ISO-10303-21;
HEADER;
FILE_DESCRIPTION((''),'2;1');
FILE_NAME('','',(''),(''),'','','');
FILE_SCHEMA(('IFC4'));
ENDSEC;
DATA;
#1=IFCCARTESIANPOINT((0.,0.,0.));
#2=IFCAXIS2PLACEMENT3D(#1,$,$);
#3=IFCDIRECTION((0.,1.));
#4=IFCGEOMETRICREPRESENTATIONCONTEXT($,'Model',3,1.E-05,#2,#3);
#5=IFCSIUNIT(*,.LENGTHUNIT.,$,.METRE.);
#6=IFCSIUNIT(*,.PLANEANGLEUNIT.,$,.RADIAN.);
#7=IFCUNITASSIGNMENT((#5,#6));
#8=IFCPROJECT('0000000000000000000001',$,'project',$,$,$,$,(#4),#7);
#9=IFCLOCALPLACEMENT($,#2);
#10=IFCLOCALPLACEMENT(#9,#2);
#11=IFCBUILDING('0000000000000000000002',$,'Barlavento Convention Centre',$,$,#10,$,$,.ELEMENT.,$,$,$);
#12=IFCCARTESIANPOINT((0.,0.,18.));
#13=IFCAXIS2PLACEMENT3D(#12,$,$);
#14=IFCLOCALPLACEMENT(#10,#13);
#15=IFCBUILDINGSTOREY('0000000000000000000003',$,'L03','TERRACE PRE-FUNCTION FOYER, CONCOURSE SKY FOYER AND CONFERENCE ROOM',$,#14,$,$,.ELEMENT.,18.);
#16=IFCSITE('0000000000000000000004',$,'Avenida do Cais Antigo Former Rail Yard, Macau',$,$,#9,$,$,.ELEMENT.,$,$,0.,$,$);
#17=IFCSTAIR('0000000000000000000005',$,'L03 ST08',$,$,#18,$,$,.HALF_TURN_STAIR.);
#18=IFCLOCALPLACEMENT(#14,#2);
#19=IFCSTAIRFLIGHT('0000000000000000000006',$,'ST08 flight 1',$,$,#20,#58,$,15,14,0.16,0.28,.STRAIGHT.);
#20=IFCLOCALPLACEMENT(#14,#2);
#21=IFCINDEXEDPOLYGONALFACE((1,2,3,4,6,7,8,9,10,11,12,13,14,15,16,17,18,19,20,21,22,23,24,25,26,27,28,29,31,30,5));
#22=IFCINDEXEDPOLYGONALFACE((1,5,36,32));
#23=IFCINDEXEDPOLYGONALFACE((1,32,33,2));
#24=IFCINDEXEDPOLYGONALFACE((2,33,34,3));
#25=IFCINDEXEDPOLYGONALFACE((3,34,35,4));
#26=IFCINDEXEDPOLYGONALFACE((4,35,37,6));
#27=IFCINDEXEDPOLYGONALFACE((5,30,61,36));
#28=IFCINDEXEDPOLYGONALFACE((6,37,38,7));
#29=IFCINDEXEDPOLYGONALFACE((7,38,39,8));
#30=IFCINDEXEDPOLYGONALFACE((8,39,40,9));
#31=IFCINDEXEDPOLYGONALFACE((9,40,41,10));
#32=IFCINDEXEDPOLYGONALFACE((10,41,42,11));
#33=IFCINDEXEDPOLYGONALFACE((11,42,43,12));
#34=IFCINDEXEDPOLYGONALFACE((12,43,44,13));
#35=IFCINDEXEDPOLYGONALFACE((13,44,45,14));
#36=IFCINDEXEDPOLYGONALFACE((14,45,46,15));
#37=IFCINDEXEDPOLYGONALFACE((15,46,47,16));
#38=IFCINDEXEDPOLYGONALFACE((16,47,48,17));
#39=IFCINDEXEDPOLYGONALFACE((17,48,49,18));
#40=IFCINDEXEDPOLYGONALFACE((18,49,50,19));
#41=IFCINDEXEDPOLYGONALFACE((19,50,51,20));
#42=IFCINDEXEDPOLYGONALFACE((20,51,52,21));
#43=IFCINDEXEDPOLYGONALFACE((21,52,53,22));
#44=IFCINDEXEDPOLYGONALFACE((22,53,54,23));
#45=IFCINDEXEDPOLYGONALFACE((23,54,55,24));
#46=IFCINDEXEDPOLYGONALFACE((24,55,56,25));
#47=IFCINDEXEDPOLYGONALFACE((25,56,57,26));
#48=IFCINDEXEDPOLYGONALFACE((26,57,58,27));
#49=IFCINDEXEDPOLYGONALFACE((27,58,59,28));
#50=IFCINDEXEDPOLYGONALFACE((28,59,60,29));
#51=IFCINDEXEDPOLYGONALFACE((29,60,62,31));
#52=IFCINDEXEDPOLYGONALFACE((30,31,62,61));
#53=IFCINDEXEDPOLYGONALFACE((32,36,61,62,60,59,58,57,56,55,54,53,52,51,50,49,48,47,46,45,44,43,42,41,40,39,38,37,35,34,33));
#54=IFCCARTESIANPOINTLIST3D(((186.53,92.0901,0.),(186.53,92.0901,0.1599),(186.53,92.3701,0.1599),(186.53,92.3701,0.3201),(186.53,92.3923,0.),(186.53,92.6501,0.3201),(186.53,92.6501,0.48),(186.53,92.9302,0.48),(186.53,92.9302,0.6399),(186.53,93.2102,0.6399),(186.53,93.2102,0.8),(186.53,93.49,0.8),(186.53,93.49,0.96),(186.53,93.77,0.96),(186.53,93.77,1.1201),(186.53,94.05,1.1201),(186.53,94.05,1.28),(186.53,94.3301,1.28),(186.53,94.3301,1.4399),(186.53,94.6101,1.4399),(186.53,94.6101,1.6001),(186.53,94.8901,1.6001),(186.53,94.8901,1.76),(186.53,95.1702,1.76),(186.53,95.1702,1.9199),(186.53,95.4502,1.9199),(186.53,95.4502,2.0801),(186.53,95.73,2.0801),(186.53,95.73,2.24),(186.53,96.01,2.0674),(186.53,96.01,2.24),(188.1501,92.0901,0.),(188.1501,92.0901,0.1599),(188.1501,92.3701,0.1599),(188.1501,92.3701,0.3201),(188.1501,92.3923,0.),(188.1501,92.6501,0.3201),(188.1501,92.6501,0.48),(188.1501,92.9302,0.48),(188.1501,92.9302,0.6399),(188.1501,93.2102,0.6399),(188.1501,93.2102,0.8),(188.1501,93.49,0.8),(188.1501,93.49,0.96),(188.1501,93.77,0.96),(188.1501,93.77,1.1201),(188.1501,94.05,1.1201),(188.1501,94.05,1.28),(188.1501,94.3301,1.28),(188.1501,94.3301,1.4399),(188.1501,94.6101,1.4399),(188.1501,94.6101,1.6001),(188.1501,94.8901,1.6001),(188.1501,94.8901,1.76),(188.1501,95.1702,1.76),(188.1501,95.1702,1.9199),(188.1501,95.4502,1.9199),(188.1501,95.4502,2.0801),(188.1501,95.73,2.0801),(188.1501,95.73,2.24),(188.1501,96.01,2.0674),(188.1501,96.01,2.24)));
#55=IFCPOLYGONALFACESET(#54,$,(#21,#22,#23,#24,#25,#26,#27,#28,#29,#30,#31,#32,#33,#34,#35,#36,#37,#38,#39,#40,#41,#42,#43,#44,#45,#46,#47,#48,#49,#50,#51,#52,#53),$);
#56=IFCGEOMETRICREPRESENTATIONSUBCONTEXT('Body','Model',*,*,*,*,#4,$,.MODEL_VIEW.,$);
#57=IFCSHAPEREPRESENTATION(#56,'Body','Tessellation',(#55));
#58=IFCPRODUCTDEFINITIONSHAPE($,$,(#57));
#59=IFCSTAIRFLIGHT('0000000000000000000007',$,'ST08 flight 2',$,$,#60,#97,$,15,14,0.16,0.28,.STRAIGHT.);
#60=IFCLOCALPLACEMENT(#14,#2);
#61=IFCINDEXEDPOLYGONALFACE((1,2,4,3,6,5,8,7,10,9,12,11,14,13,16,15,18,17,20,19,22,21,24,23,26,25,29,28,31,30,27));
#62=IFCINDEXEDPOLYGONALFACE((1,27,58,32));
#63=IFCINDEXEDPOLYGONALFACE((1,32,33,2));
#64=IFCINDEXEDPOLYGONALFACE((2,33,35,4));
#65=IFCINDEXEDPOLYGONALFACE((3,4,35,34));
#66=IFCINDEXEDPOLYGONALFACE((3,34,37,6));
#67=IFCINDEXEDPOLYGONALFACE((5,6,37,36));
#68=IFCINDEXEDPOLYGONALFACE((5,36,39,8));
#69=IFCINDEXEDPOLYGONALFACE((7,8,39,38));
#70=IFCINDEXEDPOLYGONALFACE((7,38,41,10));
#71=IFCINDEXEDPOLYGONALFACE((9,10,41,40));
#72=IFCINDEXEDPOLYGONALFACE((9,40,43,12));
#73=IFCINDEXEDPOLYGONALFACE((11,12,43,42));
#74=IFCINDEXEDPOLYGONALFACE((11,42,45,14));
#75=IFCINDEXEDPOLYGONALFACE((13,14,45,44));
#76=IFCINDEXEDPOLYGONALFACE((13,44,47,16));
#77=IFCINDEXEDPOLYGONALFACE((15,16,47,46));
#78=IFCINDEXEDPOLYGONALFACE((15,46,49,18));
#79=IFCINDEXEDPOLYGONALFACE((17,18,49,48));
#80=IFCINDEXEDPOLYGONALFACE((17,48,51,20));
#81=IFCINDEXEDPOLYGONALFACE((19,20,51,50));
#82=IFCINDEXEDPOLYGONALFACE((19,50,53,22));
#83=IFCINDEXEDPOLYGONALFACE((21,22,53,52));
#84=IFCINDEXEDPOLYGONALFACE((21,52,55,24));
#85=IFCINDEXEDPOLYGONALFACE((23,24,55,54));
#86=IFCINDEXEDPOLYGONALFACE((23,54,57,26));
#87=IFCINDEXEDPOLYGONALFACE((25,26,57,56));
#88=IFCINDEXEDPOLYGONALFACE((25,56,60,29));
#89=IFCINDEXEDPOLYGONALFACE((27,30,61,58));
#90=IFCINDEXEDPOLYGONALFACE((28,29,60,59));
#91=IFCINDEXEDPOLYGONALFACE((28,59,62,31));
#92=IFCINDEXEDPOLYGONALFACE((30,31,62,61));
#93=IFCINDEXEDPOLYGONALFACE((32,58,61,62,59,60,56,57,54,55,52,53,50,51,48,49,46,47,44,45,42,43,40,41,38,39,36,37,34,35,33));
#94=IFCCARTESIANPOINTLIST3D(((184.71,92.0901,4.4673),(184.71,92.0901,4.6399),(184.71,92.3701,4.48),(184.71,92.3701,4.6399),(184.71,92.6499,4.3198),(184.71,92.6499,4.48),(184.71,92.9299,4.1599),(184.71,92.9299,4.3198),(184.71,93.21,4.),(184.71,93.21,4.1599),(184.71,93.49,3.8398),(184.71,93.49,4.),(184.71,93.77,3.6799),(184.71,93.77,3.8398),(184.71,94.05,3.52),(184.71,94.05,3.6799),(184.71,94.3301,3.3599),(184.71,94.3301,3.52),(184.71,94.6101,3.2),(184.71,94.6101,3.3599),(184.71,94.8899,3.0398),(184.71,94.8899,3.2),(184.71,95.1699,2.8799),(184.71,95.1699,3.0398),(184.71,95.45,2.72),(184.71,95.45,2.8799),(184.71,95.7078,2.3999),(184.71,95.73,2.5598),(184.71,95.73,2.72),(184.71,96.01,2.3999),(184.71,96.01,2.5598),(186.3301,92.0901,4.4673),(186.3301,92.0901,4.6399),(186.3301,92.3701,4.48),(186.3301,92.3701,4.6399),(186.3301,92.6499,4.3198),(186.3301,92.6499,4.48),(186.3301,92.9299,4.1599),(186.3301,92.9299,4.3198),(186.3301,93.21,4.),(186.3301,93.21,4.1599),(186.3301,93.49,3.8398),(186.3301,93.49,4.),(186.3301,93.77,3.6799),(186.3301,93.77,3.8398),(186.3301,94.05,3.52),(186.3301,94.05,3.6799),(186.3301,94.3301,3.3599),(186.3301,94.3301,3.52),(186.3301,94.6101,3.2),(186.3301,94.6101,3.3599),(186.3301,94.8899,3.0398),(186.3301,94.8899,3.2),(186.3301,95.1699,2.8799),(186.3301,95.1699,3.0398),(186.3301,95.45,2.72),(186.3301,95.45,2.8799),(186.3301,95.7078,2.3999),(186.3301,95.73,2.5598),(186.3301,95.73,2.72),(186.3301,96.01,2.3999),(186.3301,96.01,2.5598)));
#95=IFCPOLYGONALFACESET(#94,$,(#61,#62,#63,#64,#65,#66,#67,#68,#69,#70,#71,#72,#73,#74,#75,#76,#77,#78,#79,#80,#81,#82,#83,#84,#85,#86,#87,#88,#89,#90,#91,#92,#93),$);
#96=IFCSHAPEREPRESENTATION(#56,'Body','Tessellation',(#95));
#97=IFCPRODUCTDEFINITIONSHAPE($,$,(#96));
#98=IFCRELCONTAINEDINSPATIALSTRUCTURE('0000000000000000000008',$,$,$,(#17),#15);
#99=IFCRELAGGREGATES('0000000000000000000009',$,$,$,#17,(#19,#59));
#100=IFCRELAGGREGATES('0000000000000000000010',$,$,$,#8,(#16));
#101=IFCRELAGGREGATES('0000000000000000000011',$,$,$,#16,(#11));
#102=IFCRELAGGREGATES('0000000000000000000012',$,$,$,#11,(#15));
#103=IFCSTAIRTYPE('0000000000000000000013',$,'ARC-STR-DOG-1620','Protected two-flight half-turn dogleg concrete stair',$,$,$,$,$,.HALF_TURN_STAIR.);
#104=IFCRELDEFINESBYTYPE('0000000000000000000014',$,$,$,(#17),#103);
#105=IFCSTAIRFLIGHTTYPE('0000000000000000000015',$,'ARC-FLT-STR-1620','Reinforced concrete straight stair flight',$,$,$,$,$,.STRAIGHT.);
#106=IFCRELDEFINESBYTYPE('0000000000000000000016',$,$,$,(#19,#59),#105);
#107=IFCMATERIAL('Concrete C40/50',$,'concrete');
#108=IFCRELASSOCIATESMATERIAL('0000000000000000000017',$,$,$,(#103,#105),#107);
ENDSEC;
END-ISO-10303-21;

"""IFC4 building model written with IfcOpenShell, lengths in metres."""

from ifc_helpers import new_model, si_unit, direction, frame, origin, place, context, subcontext, project, spatial, polyline, outline, extrude, material, type_object, element, aggregate, save


model = new_model("IFC4")

# Units and contexts
model_context = context("Model", 3, precision=1e-05, world=origin(), true_north=direction((0.0, 1.0)))
body_context = subcontext(model_context, "Body", "Model", "MODEL_VIEW")
ifc_project = project(units=[si_unit("LENGTHUNIT", "METRE"), si_unit("PLANEANGLEUNIT", "RADIAN")], contexts=[model_context])

# Site, building, storey
site_placement = place(None, origin())
site = spatial("IfcSite", under=ifc_project, at=site_placement, Name="Avenida do Cais Antigo Former Rail Yard, Macau", CompositionType="ELEMENT", RefElevation=0.0)
building_placement = place(site_placement, origin())
building = spatial("IfcBuilding", under=site, at=building_placement, Name="Barlavento Convention Centre", CompositionType="ELEMENT")
storey_placement = place(building_placement, frame((0.0, 0.0, 18.0)))
storey = spatial("IfcBuildingStorey", under=building, at=storey_placement, Name="L03", Description="TERRACE PRE-FUNCTION FOYER, CONCOURSE SKY FOYER AND CONFERENCE ROOM", CompositionType="ELEMENT", Elevation=18.0)

# Stair, stair flights
ifc_material_1 = material(Name="Concrete C40/50", Category="concrete")
stair_type = type_object("IfcStairType", Name="ARC-STR-DOG-1620", Description="Protected two-flight half-turn dogleg concrete stair", PredefinedType="HALF_TURN_STAIR", material=ifc_material_1)
stair_placement = place(storey_placement, origin())
stair = element("IfcStair", 1, at=stair_placement, inside=storey, type_object=stair_type, Name="L03 ST08", PredefinedType="HALF_TURN_STAIR")
stair_flight_type = type_object("IfcStairFlightType", Name="ARC-FLT-STR-1620", Description="Reinforced concrete straight stair flight", PredefinedType="STRAIGHT", material=ifc_material_1)
stair_flight_1_placement = place(storey_placement, frame((187.3401, 92.0901, 0.0), z_axis=(0.0, 0.0, 1.0), x_axis=(0.0, 1.0, 0.0)))
stair_flight_1 = element("IfcStairFlight", 2, at=stair_flight_1_placement, type_object=stair_flight_type, Name="ST08 flight 1", NumberOfRisers=15, NumberOfTreads=14, PredefinedType="STRAIGHT", RiserHeight=0.16, TreadLength=0.28, context=body_context, shape_type="SweptSolid", body=[
    extrude(outline(polyline([(0.0, 0.0), (0.0, 0.1599), (0.28, 0.1599), (0.28, 0.3201), (0.5601, 0.3201), (0.5601, 0.48), (0.8401, 0.48), (0.8401, 0.6399), (1.1201, 0.6399), (1.1201, 0.8), (1.3999, 0.8), (1.3999, 0.96), (1.6799, 0.96), (1.6799, 1.1201), (1.96, 1.1201), (1.96, 1.28), (2.24, 1.28), (2.24, 1.4399), (2.52, 1.4399), (2.52, 1.6001), (2.8, 1.6001), (2.8, 1.76), (3.0801, 1.76), (3.0801, 1.9199), (3.3601, 1.9199), (3.3601, 2.0801), (3.6399, 2.0801), (3.6399, 2.24), (3.9199, 2.24), (3.9199, 2.3999), (3.9199, 2.0674), (0.3022, 0.0), (0.0, 0.0)])), frame((0.0, 0.8101, 0.0), z_axis=(0.0, -1.0, 0.0), x_axis=(1.0, 0.0, 0.0)), (0.0, 0.0, 1.0), 1.6201),
])
stair_flight_2_placement = place(storey_placement, frame((185.52, 96.01, 2.3999), z_axis=(0.0, 0.0, 1.0), x_axis=(0.0, -1.0, 0.0)))
stair_flight_2 = element("IfcStairFlight", 3, at=stair_flight_2_placement, type_object=stair_flight_type, Name="ST08 flight 2", NumberOfRisers=15, NumberOfTreads=14, PredefinedType="STRAIGHT", RiserHeight=0.16, TreadLength=0.28, context=body_context, shape_type="SweptSolid", body=[
    extrude(outline(polyline([(0.0, 0.0), (0.0, 0.1599), (0.28, 0.1599), (0.28, 0.3201), (0.5601, 0.3201), (0.5601, 0.48), (0.8401, 0.48), (0.8401, 0.6399), (1.1201, 0.6399), (1.1201, 0.8), (1.3999, 0.8), (1.3999, 0.96), (1.6799, 0.96), (1.6799, 1.1201), (1.96, 1.1201), (1.96, 1.28), (2.24, 1.28), (2.24, 1.4399), (2.52, 1.4399), (2.52, 1.6001), (2.8, 1.6001), (2.8, 1.76), (3.0801, 1.76), (3.0801, 1.9199), (3.3601, 1.9199), (3.3601, 2.0801), (3.6399, 2.0801), (3.6399, 2.24), (3.9199, 2.24), (3.9199, 2.3999), (3.9199, 2.0674), (0.3022, 0.0), (0.0, 0.0)])), frame((0.0, 0.8101, 0.0), z_axis=(0.0, -1.0, 0.0), x_axis=(1.0, 0.0, 0.0)), (0.0, 0.0, 1.0), 1.6201),
])
aggregate(stair, [stair_flight_1, stair_flight_2])

save(model, "model.ifc")
